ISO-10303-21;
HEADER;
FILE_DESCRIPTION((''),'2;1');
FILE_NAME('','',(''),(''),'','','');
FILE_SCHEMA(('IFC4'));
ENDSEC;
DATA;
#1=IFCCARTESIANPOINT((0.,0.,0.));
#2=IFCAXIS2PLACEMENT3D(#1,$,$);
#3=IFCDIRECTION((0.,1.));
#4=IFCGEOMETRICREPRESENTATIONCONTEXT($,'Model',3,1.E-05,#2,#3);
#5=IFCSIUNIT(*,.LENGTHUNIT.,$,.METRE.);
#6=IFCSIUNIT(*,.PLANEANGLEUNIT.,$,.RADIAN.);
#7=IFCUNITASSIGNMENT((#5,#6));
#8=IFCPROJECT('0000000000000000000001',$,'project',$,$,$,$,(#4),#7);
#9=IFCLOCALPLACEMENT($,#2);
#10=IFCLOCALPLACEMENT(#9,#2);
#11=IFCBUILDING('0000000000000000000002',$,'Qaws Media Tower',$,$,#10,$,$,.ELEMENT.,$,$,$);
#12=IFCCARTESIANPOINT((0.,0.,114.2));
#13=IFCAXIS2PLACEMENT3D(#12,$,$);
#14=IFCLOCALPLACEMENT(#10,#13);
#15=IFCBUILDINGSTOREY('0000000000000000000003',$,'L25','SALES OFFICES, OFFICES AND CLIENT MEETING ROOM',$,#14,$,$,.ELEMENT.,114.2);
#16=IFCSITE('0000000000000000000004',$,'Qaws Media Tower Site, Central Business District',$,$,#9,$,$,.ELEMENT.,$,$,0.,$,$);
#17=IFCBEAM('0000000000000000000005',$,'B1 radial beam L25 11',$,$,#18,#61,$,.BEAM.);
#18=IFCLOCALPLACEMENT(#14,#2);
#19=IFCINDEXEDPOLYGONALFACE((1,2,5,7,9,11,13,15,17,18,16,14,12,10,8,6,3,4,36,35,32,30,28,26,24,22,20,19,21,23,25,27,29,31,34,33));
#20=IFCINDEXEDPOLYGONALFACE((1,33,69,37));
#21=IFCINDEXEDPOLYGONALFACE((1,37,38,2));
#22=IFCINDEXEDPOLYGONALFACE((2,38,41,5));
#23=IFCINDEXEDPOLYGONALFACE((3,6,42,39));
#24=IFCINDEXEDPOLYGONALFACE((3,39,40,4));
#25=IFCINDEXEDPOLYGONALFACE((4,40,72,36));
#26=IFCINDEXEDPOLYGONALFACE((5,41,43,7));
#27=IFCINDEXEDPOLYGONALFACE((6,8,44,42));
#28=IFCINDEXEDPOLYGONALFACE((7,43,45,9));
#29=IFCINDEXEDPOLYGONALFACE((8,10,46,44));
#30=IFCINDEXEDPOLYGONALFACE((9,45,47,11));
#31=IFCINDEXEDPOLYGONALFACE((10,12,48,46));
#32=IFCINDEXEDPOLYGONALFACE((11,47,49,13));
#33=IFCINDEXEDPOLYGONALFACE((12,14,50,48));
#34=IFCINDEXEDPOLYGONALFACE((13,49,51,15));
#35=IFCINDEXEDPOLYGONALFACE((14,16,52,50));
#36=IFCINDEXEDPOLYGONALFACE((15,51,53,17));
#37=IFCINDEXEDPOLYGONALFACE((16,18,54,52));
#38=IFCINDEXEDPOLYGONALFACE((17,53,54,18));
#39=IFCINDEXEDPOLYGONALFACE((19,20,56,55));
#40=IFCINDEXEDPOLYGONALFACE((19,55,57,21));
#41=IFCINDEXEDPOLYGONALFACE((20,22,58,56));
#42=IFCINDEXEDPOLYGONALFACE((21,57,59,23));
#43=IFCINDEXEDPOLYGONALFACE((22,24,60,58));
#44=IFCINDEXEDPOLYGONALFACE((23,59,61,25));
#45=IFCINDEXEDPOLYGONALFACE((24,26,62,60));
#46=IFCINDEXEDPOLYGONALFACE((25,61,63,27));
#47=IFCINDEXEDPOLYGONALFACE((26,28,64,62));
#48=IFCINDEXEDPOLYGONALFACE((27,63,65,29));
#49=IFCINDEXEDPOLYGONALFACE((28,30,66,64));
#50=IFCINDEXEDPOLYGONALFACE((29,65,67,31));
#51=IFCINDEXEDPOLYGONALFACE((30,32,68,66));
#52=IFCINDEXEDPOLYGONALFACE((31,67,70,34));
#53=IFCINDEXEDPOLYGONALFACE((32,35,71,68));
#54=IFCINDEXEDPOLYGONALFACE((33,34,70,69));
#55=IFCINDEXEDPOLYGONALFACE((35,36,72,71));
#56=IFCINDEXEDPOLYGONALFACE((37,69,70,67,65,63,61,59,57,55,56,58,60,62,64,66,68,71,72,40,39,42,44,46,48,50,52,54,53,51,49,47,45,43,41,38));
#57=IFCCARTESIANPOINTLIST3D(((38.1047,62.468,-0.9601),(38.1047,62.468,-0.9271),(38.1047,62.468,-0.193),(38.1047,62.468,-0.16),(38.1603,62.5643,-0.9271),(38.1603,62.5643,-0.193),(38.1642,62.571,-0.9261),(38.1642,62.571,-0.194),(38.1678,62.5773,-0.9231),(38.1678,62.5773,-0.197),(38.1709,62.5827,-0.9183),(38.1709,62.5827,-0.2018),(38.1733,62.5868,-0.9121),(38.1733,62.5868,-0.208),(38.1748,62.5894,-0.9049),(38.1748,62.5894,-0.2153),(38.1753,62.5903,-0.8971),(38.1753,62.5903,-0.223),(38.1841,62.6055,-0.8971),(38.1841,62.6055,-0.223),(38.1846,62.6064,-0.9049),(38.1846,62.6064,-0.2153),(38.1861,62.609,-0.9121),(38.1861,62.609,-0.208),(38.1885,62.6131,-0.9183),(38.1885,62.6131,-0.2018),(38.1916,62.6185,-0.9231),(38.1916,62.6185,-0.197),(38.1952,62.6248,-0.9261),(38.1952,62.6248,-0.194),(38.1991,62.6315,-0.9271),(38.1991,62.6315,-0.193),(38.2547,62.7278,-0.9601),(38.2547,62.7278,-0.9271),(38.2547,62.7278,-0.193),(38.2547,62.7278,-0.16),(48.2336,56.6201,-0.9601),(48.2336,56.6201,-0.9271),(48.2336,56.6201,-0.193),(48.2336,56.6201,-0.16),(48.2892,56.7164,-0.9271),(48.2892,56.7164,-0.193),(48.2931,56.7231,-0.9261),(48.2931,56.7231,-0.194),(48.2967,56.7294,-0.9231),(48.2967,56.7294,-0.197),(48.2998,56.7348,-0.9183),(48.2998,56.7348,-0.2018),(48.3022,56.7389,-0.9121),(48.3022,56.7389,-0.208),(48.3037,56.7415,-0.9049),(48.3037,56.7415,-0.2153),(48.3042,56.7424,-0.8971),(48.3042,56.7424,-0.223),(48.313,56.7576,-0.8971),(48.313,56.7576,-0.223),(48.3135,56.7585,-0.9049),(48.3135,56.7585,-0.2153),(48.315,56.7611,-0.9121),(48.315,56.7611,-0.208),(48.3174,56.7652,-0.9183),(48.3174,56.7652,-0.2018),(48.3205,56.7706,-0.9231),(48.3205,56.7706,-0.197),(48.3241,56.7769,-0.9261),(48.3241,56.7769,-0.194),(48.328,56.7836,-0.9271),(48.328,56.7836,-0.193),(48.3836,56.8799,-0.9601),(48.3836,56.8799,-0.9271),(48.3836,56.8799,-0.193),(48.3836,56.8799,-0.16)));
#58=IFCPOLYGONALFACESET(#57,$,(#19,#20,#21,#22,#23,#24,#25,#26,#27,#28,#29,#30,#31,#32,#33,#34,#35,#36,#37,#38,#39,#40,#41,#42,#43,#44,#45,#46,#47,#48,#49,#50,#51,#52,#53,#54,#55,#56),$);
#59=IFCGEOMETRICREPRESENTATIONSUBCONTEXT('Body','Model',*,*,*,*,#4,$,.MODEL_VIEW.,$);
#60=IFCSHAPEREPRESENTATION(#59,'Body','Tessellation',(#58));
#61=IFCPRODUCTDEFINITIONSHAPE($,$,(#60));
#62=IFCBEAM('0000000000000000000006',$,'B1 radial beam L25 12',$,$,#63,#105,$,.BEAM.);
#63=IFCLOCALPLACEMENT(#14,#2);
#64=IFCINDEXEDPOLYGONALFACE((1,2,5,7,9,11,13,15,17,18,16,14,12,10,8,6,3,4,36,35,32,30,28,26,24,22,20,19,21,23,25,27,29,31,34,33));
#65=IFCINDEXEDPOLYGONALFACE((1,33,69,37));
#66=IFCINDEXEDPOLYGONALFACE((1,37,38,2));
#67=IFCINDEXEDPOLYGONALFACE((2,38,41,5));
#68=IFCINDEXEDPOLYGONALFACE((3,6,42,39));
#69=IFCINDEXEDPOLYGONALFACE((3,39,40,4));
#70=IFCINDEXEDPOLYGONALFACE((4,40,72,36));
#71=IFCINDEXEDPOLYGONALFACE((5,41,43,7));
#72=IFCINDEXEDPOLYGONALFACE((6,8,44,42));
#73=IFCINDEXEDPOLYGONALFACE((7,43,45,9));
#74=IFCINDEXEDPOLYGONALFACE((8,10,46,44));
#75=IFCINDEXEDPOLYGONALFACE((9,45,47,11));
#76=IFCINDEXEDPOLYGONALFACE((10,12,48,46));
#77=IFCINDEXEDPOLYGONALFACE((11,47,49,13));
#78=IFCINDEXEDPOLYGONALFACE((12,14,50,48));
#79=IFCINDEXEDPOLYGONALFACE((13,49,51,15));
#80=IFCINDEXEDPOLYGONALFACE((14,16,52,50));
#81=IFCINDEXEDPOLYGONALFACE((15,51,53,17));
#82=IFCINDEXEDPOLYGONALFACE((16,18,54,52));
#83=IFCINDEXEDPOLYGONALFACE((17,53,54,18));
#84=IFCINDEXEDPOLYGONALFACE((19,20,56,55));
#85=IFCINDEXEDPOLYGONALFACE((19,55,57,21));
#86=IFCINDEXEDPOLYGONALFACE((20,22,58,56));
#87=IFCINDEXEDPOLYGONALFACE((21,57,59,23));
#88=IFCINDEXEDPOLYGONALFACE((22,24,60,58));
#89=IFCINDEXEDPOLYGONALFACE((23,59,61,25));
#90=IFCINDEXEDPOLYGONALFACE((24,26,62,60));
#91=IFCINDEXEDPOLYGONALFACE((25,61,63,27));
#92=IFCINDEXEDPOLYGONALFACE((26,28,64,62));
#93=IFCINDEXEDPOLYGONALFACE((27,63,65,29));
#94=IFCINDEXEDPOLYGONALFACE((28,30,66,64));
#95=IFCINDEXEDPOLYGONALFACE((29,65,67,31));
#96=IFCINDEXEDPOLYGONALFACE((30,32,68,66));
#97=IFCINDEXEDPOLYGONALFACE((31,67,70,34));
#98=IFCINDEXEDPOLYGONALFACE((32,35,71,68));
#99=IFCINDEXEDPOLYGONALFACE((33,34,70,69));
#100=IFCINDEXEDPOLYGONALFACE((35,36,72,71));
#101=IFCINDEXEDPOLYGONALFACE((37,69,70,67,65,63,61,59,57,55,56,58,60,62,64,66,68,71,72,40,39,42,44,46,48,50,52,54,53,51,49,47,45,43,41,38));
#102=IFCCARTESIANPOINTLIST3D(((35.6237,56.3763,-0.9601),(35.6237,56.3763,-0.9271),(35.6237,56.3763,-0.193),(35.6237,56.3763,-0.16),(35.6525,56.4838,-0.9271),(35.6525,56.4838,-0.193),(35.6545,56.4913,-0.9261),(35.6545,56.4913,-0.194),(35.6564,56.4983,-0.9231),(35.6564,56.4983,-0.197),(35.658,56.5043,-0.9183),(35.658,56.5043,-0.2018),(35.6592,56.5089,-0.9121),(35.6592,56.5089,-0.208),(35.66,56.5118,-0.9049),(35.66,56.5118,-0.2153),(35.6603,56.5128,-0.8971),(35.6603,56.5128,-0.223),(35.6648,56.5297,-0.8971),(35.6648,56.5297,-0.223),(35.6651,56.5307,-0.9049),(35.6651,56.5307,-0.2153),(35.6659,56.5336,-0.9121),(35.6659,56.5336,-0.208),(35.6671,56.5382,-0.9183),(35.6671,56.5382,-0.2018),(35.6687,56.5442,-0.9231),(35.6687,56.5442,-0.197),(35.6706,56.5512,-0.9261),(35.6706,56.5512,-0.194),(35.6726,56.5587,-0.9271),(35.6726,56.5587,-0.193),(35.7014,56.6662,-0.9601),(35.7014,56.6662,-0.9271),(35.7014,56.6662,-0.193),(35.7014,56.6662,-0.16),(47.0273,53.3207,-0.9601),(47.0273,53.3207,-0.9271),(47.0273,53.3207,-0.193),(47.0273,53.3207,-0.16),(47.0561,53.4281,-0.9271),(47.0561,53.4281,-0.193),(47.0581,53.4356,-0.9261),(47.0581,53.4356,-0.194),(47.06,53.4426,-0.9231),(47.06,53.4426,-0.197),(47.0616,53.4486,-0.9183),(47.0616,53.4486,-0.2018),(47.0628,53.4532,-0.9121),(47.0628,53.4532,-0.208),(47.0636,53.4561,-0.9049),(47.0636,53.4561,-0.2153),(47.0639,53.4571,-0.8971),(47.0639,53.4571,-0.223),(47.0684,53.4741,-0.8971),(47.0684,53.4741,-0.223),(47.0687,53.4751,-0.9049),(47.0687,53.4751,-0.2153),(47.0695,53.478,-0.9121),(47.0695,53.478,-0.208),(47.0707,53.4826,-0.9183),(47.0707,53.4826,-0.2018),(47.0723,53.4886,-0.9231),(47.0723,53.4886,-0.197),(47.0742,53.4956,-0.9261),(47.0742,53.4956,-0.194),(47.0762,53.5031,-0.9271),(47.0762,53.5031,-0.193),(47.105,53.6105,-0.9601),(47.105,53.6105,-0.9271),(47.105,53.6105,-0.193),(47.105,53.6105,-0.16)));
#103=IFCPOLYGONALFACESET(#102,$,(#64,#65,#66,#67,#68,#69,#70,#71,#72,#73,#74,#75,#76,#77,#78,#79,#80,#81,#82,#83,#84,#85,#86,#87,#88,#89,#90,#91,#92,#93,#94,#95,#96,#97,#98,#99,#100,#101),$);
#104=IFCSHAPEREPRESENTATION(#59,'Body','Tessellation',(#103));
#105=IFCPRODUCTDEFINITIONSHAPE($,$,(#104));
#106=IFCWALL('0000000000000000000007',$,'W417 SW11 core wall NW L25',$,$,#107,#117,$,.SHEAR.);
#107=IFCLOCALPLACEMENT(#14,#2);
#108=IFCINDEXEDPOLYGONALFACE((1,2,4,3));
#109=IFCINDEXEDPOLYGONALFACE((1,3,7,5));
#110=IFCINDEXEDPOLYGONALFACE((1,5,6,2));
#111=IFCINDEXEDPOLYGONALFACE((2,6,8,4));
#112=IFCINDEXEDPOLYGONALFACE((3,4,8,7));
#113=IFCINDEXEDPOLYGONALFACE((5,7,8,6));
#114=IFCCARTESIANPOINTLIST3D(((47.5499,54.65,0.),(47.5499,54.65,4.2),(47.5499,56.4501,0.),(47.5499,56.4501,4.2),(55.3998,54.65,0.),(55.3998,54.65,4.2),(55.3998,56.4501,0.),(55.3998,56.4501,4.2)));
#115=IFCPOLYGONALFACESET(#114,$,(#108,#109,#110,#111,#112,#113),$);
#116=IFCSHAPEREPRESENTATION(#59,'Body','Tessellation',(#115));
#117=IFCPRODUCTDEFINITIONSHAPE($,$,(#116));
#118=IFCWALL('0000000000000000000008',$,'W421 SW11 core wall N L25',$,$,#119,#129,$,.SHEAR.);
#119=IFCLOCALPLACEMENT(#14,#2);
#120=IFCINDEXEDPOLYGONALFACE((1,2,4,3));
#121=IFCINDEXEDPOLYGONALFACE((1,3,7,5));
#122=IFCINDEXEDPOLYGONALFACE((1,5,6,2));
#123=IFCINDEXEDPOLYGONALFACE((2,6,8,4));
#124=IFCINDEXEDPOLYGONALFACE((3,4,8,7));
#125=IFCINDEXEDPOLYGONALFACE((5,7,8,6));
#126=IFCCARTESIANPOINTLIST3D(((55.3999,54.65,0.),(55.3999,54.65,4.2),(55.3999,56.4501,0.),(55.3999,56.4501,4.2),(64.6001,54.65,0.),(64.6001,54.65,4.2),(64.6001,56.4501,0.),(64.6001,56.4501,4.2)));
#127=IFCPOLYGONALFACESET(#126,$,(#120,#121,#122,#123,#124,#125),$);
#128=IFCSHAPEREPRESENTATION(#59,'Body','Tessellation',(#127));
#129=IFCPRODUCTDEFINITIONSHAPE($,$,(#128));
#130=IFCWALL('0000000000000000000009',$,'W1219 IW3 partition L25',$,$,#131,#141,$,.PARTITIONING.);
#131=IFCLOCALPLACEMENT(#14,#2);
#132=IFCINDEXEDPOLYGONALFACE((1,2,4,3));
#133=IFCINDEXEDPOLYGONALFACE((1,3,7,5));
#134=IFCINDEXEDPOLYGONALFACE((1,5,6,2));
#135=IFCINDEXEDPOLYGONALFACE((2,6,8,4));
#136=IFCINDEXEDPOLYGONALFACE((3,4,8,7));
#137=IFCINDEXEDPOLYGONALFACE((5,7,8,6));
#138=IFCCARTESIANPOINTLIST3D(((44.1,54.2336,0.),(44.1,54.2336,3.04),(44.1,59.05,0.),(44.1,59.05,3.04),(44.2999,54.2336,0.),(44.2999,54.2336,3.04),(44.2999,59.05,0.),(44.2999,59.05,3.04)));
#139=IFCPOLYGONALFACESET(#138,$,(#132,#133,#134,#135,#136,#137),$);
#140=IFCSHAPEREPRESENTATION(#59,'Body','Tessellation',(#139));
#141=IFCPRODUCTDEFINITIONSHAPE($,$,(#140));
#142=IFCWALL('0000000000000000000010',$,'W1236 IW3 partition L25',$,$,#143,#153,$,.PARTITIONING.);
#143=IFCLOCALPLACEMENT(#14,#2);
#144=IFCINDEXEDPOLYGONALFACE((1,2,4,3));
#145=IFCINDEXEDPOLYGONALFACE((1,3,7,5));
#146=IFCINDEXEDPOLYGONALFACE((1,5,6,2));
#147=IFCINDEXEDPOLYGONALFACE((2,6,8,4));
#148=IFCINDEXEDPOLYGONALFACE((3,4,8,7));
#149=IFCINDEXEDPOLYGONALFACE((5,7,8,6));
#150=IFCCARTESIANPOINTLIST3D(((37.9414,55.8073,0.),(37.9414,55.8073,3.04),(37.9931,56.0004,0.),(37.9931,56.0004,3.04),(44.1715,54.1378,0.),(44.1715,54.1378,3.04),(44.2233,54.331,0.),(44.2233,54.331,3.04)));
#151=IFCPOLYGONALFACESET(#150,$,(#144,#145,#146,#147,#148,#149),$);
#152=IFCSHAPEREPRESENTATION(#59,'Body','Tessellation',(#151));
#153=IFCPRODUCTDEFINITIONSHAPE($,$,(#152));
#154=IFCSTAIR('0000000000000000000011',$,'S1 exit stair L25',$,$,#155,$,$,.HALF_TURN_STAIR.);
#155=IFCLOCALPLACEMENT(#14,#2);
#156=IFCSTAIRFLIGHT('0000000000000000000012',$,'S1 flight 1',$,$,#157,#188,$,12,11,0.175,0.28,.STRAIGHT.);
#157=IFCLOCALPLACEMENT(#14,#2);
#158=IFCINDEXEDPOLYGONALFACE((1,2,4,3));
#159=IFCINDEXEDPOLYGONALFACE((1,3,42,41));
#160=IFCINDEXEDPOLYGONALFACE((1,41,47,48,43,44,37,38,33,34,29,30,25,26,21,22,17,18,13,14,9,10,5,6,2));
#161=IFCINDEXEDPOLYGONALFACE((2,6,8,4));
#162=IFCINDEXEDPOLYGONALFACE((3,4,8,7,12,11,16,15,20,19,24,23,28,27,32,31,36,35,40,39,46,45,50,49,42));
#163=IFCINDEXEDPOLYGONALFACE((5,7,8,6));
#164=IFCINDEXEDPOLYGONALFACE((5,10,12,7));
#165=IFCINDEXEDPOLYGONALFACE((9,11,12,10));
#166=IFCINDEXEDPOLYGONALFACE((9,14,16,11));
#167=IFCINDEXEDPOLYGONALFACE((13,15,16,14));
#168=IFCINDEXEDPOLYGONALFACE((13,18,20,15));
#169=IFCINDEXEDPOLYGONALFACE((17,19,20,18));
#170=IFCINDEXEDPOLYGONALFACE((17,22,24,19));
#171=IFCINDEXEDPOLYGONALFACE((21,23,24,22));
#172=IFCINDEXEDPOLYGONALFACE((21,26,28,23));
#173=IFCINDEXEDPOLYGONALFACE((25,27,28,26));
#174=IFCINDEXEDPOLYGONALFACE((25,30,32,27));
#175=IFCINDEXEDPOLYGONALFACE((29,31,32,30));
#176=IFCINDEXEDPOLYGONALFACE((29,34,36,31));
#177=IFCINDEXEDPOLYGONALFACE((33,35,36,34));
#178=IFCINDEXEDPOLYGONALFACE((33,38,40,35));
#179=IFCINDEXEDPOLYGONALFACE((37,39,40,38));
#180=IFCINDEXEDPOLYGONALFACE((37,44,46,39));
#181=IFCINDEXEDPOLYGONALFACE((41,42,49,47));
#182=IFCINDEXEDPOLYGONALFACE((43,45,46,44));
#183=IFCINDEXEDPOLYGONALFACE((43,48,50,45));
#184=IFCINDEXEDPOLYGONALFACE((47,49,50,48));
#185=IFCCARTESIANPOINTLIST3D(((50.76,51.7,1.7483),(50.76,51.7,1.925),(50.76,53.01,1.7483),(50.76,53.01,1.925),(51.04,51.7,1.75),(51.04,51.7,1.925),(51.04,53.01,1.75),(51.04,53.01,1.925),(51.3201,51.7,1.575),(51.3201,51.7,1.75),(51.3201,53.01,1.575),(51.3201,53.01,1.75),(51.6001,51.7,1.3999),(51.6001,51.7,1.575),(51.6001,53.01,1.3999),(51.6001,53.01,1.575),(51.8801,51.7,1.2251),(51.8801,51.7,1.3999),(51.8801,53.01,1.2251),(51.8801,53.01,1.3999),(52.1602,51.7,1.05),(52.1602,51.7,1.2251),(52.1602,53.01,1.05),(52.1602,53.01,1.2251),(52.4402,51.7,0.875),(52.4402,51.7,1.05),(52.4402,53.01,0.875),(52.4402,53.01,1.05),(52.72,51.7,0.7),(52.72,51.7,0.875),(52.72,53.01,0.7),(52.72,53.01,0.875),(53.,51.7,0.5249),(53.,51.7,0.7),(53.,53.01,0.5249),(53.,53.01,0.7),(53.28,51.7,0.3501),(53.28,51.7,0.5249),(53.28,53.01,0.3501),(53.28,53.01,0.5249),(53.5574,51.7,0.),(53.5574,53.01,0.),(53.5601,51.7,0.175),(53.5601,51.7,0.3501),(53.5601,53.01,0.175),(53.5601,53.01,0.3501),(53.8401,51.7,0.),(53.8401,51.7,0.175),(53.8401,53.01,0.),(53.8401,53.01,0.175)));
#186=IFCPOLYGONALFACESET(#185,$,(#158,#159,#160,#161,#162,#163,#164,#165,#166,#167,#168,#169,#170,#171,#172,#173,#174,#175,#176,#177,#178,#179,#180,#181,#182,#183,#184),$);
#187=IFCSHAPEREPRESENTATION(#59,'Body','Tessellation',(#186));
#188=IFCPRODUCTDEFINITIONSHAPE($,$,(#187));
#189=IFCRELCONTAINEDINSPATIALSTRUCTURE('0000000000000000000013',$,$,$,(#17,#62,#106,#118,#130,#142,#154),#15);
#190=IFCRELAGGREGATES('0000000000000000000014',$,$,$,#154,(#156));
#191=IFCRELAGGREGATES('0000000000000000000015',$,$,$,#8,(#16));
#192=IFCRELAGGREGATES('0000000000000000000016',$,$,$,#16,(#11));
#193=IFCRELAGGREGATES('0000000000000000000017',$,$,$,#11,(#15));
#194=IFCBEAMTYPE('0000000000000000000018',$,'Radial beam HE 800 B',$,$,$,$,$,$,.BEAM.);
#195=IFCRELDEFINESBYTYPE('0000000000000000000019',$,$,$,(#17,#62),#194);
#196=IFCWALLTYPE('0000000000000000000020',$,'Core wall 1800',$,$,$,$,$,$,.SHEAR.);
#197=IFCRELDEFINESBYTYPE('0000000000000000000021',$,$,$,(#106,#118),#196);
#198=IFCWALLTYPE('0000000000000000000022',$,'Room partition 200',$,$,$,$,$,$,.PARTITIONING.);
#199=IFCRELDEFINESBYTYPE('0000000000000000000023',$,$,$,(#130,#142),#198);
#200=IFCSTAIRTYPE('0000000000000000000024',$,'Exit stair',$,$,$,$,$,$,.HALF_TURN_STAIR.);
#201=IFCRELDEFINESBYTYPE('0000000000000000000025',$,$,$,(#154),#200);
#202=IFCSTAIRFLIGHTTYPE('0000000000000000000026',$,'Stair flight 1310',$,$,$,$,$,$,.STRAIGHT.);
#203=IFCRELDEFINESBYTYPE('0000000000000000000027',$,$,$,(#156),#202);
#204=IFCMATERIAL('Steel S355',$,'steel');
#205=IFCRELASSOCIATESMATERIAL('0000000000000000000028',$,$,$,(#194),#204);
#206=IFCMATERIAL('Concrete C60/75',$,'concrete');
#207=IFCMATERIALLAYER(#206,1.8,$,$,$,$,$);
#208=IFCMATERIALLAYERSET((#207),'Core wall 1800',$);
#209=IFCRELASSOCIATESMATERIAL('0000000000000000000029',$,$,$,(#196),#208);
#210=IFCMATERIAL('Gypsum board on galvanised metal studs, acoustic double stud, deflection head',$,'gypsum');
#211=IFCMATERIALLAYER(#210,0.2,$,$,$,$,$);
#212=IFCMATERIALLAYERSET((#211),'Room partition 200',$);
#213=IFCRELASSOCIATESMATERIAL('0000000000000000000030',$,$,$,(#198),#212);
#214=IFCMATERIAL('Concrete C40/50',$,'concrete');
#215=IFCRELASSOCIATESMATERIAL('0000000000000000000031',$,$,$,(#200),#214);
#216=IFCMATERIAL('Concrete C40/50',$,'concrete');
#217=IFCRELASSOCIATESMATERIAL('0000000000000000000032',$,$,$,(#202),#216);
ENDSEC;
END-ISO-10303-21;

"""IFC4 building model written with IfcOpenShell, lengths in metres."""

from ifc_helpers import new_model, si_unit, direction, frame, frame_2d, origin, origin_2d, place, context, subcontext, project, spatial, polyline, rectangle, i_section, outline, extrude, material, layer, layer_set, material_profile, profile_set, type_object, element, aggregate, save


model = new_model("IFC4")

# Units and contexts
model_context = context("Model", 3, precision=1e-05, world=origin(), true_north=direction((0.0, 1.0)))
body_context = subcontext(model_context, "Body", "Model", "MODEL_VIEW")
ifc_project = project(units=[si_unit("LENGTHUNIT", "METRE"), si_unit("PLANEANGLEUNIT", "RADIAN")], contexts=[model_context])

# Site, building, storey
site_placement = place(None, origin())
site = spatial("IfcSite", under=ifc_project, at=site_placement, Name="Qaws Media Tower Site, Central Business District", CompositionType="ELEMENT", RefElevation=0.0)
building_placement = place(site_placement, origin())
building = spatial("IfcBuilding", under=site, at=building_placement, Name="Qaws Media Tower", CompositionType="ELEMENT")
storey_placement = place(building_placement, frame((0.0, 0.0, 114.2)))
storey = spatial("IfcBuildingStorey", under=building, at=storey_placement, Name="L25", Description="SALES OFFICES, OFFICES AND CLIENT MEETING ROOM", CompositionType="ELEMENT", Elevation=114.2)

# Beams
ifc_material_1 = material(Name="Steel S355", Category="steel")
ifc_material_profile_1 = material_profile(ifc_material_1, i_section(OverallWidth=0.3, OverallDepth=0.8, WebThickness=0.0176, FlangeThickness=0.033, FilletRadius=0.03, at=origin_2d()), Name="HE 800 B")
ifc_profile_set_1 = profile_set([ifc_material_profile_1], Name="Steel S355")
beam_type_1 = type_object("IfcBeamType", Name="Radial beam HE 800 B", PredefinedType="BEAM", material=ifc_profile_set_1)
beam_1_placement = place(storey_placement, frame((48.3086, 56.75, -0.5601), z_axis=(-0.866026, 0.499998, 0.0), x_axis=(-0.499998, -0.866026, 0.0)))
element("IfcBeam", 1, at=beam_1_placement, inside=storey, type_object=beam_type_1, Name="B1 radial beam L25 11", PredefinedType="BEAM", context=body_context, shape_type="SweptSolid", body=[
    extrude(i_section(OverallWidth=0.3, OverallDepth=0.8, WebThickness=0.0176, FlangeThickness=0.033, FilletRadius=0.03, at=origin_2d()), origin(), (0.0, 0.0, 1.0), 11.6958),
])
beam_2_placement = place(storey_placement, frame((47.0662, 53.4656, -0.5601), z_axis=(-0.965924, 0.258826, 0.0), x_axis=(-0.258826, -0.965924, 0.0)))
element("IfcBeam", 2, at=beam_2_placement, inside=storey, type_object=beam_type_1, Name="B1 radial beam L25 12", PredefinedType="BEAM", context=body_context, shape_type="SweptSolid", body=[
    extrude(i_section(OverallWidth=0.3, OverallDepth=0.8, WebThickness=0.0176, FlangeThickness=0.033, FilletRadius=0.03, at=origin_2d()), origin(), (0.0, 0.0, 1.0), 11.8059),
])

# Walls
ifc_material_2 = material(Name="Concrete C60/75", Category="concrete")
ifc_layer_1 = layer(ifc_material_2, 1.8)
ifc_layer_set_1 = layer_set([ifc_layer_1], Name="Core wall 1800")
wall_type_1 = type_object("IfcWallType", Name="Core wall 1800", PredefinedType="SHEAR", material=ifc_layer_set_1)
wall_1_placement = place(storey_placement, frame((47.55, 55.55, 0.0), z_axis=(0.0, 0.0, 1.0), x_axis=(1.0, 0.0, 0.0)))
element("IfcWall", 3, at=wall_1_placement, inside=storey, type_object=wall_type_1, Name="W417 SW11 core wall NW L25", PredefinedType="SHEAR", context=body_context, shape_type="SweptSolid", body=[
    extrude(rectangle(XDim=7.8499, YDim=1.8, at=frame_2d((3.9248, 0.0))), origin(), (0.0, 0.0, 1.0), 4.2),
])
wall_2_placement = place(storey_placement, frame((55.3999, 55.55, 0.0), z_axis=(0.0, 0.0, 1.0), x_axis=(1.0, 0.0, 0.0)))
element("IfcWall", 4, at=wall_2_placement, inside=storey, type_object=wall_type_1, Name="W421 SW11 core wall N L25", PredefinedType="SHEAR", context=body_context, shape_type="SweptSolid", body=[
    extrude(rectangle(XDim=9.2002, YDim=1.8, at=frame_2d((4.6001, 0.0))), origin(), (0.0, 0.0, 1.0), 4.2),
])
ifc_material_3 = material(Name="Gypsum board on galvanised metal studs, acoustic double stud, deflection head", Category="gypsum")
ifc_layer_2 = layer(ifc_material_3, 0.2)
ifc_layer_set_2 = layer_set([ifc_layer_2], Name="Room partition 200")
wall_type_2 = type_object("IfcWallType", Name="Room partition 200", PredefinedType="PARTITIONING", material=ifc_layer_set_2)
wall_3_placement = place(storey_placement, frame((44.2, 54.2336, 0.0), z_axis=(0.0, 0.0, 1.0), x_axis=(0.0, 1.0, 0.0)))
element("IfcWall", 5, at=wall_3_placement, inside=storey, type_object=wall_type_2, Name="W1219 IW3 partition L25", PredefinedType="PARTITIONING", context=body_context, shape_type="SweptSolid", body=[
    extrude(rectangle(XDim=4.8164, YDim=0.2, at=frame_2d((2.4082, 0.0))), origin(), (0.0, 0.0, 1.0), 3.04),
])
wall_4_placement = place(storey_placement, frame((44.1975, 54.2344, 0.0), z_axis=(0.0, 0.0, 1.0), x_axis=(-0.965924, 0.258826, 0.0)))
element("IfcWall", 6, at=wall_4_placement, inside=storey, type_object=wall_type_2, Name="W1236 IW3 partition L25", PredefinedType="PARTITIONING", context=body_context, shape_type="SweptSolid", body=[
    extrude(rectangle(XDim=6.45, YDim=0.2, at=frame_2d((3.2251, 0.0))), origin(), (0.0, 0.0, 1.0), 3.04),
])

# Stair, stair flight
ifc_material_4 = material(Name="Concrete C40/50", Category="concrete")
stair_type = type_object("IfcStairType", Name="Exit stair", PredefinedType="HALF_TURN_STAIR", material=ifc_material_4)
stair_placement = place(storey_placement, origin())
stair = element("IfcStair", 7, at=stair_placement, inside=storey, type_object=stair_type, Name="S1 exit stair L25", PredefinedType="HALF_TURN_STAIR")
ifc_material_5 = material(Name="Concrete C40/50", Category="concrete")
stair_flight_type = type_object("IfcStairFlightType", Name="Stair flight 1310", PredefinedType="STRAIGHT", material=ifc_material_5)
stair_flight_1_placement = place(storey_placement, frame((53.8401, 52.355, 0.0), z_axis=(0.0, 0.0, 1.0), x_axis=(-1.0, 0.0, 0.0)))
stair_flight_1 = element("IfcStairFlight", 8, at=stair_flight_1_placement, type_object=stair_flight_type, Name="S1 flight 1", NumberOfRisers=12, NumberOfTreads=11, PredefinedType="STRAIGHT", RiserHeight=0.175, TreadLength=0.28, context=body_context, shape_type="SweptSolid", body=[
    extrude(outline(polyline([(0.0, 0.0), (0.0, 0.175), (0.28, 0.175), (0.28, 0.3501), (0.5601, 0.3501), (0.5601, 0.5249), (0.8401, 0.5249), (0.8401, 0.7), (1.1201, 0.7), (1.1201, 0.875), (1.3999, 0.875), (1.3999, 1.05), (1.6799, 1.05), (1.6799, 1.2251), (1.96, 1.2251), (1.96, 1.3999), (2.24, 1.3999), (2.24, 1.575), (2.52, 1.575), (2.52, 1.75), (2.8, 1.75), (2.8, 1.925), (3.0801, 1.925), (3.0801, 2.1001), (3.0801, 1.7483), (0.2827, 0.0), (0.0, 0.0)])), frame((0.0, 0.655, 0.0), z_axis=(0.0, -1.0, 0.0), x_axis=(1.0, 0.0, 0.0)), (0.0, 0.0, 1.0), 1.3101),
])
aggregate(stair, [stair_flight_1])

save(model, "model.ifc")
